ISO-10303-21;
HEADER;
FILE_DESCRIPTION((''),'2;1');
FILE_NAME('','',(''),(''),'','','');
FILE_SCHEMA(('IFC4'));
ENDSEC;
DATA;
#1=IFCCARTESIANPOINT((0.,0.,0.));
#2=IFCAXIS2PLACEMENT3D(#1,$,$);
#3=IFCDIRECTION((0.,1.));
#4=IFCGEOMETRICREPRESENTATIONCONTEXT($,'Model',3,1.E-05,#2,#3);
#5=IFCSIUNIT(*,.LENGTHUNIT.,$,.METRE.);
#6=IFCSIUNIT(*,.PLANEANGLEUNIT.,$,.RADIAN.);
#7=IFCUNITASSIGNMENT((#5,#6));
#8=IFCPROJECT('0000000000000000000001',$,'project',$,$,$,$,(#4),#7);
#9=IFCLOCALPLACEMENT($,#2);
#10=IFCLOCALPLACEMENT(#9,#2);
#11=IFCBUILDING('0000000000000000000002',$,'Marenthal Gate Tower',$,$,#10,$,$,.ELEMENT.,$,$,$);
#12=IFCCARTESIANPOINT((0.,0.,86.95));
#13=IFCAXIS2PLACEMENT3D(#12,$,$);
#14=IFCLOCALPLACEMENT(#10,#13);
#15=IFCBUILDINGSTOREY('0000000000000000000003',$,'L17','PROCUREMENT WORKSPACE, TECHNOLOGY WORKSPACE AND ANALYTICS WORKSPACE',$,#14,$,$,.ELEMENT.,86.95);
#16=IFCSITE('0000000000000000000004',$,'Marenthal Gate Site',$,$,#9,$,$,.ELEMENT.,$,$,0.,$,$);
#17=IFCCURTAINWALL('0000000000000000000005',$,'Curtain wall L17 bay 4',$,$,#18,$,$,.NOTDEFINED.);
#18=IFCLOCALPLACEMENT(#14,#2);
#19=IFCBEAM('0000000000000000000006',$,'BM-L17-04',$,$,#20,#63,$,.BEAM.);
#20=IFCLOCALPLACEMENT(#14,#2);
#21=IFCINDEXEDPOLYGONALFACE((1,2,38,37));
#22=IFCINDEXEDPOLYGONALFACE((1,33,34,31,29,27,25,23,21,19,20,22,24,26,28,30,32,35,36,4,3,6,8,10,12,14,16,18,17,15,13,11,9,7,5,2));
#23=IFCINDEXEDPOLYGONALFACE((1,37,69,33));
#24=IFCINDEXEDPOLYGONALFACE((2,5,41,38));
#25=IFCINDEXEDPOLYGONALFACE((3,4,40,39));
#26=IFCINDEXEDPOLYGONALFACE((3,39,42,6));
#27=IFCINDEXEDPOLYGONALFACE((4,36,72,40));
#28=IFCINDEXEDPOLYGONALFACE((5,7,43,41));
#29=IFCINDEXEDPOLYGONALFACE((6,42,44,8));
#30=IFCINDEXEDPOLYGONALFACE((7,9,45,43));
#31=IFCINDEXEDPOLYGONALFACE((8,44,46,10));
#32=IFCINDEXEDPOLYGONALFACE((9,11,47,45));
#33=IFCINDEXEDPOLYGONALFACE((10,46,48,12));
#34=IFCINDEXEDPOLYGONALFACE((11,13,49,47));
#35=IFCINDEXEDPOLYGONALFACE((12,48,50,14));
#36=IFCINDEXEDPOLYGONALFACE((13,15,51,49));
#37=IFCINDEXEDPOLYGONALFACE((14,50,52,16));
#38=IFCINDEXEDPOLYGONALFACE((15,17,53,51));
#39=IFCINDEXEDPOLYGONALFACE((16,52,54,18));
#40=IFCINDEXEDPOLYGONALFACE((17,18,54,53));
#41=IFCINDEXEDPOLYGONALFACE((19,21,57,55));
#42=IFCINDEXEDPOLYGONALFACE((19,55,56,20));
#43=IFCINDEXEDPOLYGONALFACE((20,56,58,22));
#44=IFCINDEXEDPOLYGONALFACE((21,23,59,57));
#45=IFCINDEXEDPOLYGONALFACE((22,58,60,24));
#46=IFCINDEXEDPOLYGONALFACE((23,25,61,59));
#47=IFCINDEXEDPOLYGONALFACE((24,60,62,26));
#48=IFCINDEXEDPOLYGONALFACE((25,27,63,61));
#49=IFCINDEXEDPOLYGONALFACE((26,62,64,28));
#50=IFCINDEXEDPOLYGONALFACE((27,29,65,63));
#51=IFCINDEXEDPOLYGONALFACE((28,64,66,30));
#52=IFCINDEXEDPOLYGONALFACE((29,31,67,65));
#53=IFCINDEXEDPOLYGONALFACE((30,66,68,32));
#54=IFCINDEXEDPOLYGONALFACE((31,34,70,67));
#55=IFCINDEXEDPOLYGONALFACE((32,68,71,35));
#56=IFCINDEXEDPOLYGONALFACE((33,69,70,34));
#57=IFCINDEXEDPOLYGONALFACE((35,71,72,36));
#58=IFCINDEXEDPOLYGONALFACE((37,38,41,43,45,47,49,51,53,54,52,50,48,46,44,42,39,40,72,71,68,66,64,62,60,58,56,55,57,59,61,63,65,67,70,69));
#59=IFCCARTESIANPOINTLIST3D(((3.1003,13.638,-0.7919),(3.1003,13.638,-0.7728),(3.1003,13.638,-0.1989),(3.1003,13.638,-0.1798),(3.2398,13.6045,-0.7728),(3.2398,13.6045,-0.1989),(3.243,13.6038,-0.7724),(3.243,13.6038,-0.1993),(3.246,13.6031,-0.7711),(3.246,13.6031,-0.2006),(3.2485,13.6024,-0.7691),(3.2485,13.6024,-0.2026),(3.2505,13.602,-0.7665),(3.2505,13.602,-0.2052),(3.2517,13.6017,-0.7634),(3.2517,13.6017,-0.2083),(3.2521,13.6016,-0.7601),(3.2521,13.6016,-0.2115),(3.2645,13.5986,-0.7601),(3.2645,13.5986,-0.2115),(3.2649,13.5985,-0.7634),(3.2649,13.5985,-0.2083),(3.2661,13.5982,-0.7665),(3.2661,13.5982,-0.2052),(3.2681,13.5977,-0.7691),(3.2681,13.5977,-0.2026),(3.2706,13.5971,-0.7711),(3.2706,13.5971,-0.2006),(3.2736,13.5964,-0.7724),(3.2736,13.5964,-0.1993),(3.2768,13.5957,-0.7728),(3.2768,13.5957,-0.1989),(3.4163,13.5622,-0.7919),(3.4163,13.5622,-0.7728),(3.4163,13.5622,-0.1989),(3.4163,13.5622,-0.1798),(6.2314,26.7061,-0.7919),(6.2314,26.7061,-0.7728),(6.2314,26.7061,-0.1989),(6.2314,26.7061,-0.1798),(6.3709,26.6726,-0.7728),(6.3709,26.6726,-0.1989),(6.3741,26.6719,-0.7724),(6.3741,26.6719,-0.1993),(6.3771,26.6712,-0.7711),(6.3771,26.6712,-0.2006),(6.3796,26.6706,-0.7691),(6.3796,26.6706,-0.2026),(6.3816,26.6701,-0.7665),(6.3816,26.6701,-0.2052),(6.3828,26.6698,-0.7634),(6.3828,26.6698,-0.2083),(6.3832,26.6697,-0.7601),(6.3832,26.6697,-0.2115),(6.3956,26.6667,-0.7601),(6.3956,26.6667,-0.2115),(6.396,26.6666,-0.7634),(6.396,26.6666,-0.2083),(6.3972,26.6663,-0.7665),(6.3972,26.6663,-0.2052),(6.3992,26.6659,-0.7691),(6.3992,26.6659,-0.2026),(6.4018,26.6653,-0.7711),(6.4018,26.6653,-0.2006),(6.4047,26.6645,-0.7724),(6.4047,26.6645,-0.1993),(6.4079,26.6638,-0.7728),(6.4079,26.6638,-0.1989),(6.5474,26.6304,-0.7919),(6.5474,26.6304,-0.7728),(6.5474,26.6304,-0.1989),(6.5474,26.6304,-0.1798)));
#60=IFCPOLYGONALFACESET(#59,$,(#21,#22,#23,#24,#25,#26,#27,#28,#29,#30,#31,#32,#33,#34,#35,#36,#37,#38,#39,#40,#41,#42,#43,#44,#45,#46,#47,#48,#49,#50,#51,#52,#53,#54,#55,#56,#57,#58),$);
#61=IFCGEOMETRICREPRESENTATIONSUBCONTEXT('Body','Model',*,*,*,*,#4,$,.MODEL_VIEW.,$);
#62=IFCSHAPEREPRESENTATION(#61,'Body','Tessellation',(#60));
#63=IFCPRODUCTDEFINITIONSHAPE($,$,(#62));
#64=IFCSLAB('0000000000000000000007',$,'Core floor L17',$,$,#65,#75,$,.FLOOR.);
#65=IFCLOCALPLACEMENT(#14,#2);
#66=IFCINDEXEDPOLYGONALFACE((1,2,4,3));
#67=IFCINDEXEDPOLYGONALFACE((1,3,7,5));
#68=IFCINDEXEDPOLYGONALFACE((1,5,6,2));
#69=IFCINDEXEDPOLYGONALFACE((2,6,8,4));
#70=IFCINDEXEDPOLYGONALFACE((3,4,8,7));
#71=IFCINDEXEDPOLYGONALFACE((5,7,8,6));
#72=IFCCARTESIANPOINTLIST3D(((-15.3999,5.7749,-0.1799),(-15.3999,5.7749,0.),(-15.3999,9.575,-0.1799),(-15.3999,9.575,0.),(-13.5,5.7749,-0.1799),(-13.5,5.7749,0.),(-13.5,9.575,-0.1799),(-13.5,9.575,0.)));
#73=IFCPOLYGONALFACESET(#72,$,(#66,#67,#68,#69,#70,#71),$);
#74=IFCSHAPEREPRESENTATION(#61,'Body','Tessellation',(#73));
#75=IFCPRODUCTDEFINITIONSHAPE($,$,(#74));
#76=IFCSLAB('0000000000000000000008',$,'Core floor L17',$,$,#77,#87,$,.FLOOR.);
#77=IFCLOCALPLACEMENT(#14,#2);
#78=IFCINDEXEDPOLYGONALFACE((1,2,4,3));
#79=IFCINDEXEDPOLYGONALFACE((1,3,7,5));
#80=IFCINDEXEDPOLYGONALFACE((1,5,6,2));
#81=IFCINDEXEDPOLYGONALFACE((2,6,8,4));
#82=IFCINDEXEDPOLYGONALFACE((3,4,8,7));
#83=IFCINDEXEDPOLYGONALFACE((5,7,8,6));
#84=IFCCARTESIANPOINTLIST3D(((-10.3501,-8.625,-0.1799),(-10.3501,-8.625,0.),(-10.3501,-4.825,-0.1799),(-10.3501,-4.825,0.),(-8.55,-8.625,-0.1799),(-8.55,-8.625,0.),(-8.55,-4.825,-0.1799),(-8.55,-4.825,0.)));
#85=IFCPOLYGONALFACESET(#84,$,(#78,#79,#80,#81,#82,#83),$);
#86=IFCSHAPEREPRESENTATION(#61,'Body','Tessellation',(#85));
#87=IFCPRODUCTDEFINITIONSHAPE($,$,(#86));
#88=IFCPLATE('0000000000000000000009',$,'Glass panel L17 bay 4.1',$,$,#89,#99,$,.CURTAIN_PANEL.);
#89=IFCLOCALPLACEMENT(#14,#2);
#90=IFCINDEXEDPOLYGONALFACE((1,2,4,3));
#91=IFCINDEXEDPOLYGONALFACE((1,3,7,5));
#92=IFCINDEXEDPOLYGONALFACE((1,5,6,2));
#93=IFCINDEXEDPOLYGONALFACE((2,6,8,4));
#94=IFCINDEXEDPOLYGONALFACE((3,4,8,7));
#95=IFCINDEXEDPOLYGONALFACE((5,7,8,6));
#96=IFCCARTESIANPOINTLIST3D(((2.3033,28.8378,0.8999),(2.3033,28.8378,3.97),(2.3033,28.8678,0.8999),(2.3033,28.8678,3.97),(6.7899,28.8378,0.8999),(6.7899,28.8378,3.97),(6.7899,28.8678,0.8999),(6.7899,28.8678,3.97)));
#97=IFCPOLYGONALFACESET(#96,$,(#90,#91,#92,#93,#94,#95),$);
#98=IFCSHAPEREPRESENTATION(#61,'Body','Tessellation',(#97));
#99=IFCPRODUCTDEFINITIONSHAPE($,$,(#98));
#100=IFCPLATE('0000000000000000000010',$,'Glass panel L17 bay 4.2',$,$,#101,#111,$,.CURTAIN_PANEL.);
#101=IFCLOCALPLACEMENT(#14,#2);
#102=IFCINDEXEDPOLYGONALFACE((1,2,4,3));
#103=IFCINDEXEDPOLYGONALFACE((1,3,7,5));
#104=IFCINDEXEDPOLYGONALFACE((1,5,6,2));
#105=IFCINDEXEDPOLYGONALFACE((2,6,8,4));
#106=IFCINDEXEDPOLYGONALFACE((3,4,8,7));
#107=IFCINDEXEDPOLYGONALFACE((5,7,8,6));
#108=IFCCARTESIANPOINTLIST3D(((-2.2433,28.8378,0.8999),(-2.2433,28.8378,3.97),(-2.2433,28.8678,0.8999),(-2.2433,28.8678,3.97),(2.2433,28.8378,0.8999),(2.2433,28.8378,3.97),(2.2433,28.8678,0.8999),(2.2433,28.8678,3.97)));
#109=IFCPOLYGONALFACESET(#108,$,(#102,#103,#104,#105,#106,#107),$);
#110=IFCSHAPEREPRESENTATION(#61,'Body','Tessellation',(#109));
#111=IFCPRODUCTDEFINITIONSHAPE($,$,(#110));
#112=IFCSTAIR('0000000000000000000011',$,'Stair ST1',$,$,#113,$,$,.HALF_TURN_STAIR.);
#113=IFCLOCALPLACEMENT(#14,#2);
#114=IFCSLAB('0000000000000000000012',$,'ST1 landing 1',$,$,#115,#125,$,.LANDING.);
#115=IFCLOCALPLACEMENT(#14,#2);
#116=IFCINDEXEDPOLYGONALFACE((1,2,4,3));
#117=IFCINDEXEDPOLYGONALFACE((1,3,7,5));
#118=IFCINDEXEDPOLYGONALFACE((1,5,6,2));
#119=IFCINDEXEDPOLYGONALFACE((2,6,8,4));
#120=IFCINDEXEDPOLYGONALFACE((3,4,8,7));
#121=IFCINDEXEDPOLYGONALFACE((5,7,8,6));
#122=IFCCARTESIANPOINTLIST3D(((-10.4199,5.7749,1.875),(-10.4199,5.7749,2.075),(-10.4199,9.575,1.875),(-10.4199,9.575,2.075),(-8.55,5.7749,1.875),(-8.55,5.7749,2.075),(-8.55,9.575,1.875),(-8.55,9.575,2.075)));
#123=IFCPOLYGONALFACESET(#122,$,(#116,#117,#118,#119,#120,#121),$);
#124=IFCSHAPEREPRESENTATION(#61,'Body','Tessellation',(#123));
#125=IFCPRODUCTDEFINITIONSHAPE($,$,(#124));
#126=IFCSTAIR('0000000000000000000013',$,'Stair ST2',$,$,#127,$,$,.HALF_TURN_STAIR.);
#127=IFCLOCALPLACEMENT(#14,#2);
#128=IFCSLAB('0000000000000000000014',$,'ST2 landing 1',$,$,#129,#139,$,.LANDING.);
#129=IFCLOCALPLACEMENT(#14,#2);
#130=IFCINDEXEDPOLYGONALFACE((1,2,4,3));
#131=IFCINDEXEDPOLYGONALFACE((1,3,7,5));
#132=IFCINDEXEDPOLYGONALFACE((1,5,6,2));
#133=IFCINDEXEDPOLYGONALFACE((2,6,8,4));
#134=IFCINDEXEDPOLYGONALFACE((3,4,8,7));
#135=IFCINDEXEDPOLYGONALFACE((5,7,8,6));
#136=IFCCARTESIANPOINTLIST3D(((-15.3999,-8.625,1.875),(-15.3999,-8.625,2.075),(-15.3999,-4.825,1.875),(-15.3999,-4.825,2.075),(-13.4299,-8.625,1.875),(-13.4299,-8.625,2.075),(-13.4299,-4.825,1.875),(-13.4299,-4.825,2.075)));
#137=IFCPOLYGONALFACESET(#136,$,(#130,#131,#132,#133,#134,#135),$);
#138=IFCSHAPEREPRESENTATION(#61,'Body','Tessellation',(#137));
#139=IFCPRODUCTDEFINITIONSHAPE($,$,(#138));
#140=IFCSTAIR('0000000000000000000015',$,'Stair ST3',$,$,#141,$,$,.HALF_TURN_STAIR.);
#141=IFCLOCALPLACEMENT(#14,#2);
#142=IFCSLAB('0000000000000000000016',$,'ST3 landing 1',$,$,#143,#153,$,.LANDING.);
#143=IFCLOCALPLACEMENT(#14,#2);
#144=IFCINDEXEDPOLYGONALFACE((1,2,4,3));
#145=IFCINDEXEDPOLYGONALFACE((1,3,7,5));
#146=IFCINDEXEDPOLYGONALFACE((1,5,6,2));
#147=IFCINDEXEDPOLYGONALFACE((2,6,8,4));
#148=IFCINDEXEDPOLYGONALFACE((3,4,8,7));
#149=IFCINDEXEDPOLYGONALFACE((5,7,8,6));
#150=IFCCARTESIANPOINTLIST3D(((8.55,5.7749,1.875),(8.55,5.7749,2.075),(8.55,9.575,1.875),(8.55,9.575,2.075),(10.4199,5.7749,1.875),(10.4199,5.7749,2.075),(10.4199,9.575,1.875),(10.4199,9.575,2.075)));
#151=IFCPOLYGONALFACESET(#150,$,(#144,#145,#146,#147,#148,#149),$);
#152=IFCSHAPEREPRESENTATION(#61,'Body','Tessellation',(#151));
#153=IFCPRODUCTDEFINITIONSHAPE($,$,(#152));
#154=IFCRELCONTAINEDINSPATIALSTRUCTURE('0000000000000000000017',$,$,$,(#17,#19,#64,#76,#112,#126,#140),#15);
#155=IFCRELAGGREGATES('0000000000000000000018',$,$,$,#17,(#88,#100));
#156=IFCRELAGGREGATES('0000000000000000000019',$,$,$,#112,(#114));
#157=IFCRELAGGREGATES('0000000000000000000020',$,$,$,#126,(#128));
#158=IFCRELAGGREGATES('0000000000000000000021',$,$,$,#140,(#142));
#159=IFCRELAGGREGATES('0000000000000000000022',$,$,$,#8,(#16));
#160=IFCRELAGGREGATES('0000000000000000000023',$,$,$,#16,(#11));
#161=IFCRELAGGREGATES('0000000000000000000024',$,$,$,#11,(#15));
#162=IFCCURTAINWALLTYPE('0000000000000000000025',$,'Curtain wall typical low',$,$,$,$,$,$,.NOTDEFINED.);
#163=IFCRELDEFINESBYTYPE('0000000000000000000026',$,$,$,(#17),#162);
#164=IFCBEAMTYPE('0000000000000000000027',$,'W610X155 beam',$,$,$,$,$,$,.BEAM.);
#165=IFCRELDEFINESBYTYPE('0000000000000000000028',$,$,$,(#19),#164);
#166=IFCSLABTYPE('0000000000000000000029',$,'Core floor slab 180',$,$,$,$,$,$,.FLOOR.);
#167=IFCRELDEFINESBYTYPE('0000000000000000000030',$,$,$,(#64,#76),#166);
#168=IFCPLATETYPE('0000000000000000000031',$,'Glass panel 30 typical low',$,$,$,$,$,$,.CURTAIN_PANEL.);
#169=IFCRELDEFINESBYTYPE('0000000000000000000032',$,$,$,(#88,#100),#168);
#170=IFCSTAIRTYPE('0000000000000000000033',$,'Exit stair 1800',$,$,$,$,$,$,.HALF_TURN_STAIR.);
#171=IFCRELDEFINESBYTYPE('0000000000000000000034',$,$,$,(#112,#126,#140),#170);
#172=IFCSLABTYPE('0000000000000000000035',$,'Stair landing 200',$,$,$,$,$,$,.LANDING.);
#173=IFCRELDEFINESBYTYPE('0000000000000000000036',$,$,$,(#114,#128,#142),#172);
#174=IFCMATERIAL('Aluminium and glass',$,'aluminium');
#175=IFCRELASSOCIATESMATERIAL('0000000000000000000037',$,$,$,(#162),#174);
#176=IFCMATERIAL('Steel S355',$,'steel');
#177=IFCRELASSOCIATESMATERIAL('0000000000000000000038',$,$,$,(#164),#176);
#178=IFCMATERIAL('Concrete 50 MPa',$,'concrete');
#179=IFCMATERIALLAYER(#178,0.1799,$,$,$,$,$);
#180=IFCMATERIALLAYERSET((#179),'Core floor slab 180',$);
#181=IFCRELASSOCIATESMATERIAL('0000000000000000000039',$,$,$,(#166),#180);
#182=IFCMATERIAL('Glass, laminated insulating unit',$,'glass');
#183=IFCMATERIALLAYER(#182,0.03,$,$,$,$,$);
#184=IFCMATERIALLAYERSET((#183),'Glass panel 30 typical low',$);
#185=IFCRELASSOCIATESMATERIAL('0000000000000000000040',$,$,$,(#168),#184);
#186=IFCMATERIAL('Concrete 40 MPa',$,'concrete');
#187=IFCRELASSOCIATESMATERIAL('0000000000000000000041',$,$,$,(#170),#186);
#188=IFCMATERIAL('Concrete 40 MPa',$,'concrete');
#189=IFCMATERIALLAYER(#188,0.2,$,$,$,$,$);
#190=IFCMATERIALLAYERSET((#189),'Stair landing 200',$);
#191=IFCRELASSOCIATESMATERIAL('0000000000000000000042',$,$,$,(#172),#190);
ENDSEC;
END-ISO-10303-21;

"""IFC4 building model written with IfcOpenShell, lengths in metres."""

from ifc_helpers import new_model, si_unit, direction, frame, origin, origin_2d, place, context, subcontext, project, spatial, polyline, rectangle, i_section, outline, extrude, material, layer, layer_set, material_profile, profile_set, type_object, element, aggregate, save


model = new_model("IFC4")

# Units and contexts
model_context = context("Model", 3, precision=1e-05, world=origin(), true_north=direction((0.0, 1.0)))
body_context = subcontext(model_context, "Body", "Model", "MODEL_VIEW")
ifc_project = project(units=[si_unit("LENGTHUNIT", "METRE"), si_unit("PLANEANGLEUNIT", "RADIAN")], contexts=[model_context])

# Site, building, storey
site_placement = place(None, origin())
site = spatial("IfcSite", under=ifc_project, at=site_placement, Name="Marenthal Gate Site", CompositionType="ELEMENT", RefElevation=0.0)
building_placement = place(site_placement, origin())
building = spatial("IfcBuilding", under=site, at=building_placement, Name="Marenthal Gate Tower", CompositionType="ELEMENT")
storey_placement = place(building_placement, frame((0.0, 0.0, 86.95)))
storey = spatial("IfcBuildingStorey", under=building, at=storey_placement, Name="L17", Description="PROCUREMENT WORKSPACE, TECHNOLOGY WORKSPACE AND ANALYTICS WORKSPACE", CompositionType="ELEMENT", Elevation=86.95)

# Curtain wall
ifc_material_1 = material(Name="Aluminium and glass", Category="aluminium")
curtain_wall_type = type_object("IfcCurtainWallType", Name="Curtain wall typical low", PredefinedType="NOTDEFINED", material=ifc_material_1)
curtain_wall_placement = place(storey_placement, origin())
curtain_wall = element("IfcCurtainWall", 1, at=curtain_wall_placement, inside=storey, type_object=curtain_wall_type, Name="Curtain wall L17 bay 4", PredefinedType="NOTDEFINED")

# Beam
ifc_material_2 = material(Name="Steel S355", Category="steel")
ifc_material_profile_1 = material_profile(ifc_material_2, i_section(OverallWidth=0.325, OverallDepth=0.6121, WebThickness=0.0127, FlangeThickness=0.019, FilletRadius=0.0127, at=origin_2d()), Name="W610X155")
ifc_profile_set_1 = profile_set([ifc_material_profile_1], Name="Steel S355")
beam_type_1 = type_object("IfcBeamType", Name="W610X155 beam", PredefinedType="BEAM", material=ifc_profile_set_1)
beam_1_placement = place(storey_placement, frame((6.3894, 26.6682, -0.4858), z_axis=(-0.233004, -0.972476, 0.0), x_axis=(0.972476, -0.233004, 0.0)))
element("IfcBeam", 2, at=beam_1_placement, inside=storey, type_object=beam_type_1, Name="BM-L17-04", PredefinedType="BEAM", context=body_context, shape_type="SweptSolid", body=[
    extrude(i_section(OverallWidth=0.325, OverallDepth=0.6121, WebThickness=0.0127, FlangeThickness=0.019, FilletRadius=0.0127, at=origin_2d()), origin(), (0.0, 0.0, 1.0), 13.438),
])

# Slabs
ifc_material_3 = material(Name="Concrete 50 MPa", Category="concrete")
ifc_layer_1 = layer(ifc_material_3, 0.1799)
ifc_layer_set_1 = layer_set([ifc_layer_1], Name="Core floor slab 180")
slab_type_1 = type_object("IfcSlabType", Name="Core floor slab 180", PredefinedType="FLOOR", material=ifc_layer_set_1)
slab_1_placement = place(storey_placement, frame((0.0, 0.0, -0.1799)))
element("IfcSlab", 3, at=slab_1_placement, inside=storey, type_object=slab_type_1, Name="Core floor L17", PredefinedType="FLOOR", context=body_context, shape_type="SweptSolid", body=[
    extrude(outline(polyline([(-15.3999, 9.575), (-13.5, 9.575), (-13.5, 5.7749), (-15.3999, 5.7749), (-15.3999, 9.575)])), origin(), (0.0, 0.0, 1.0), 0.1799),
])
slab_2_placement = place(storey_placement, frame((0.0, 0.0, -0.1799)))
element("IfcSlab", 4, at=slab_2_placement, inside=storey, type_object=slab_type_1, Name="Core floor L17", PredefinedType="FLOOR", context=body_context, shape_type="SweptSolid", body=[
    extrude(outline(polyline([(-8.55, -8.625), (-10.3501, -8.625), (-10.3501, -4.825), (-8.55, -4.825), (-8.55, -8.625)])), origin(), (0.0, 0.0, 1.0), 0.1799),
])

# Plates
ifc_material_4 = material(Name="Glass, laminated insulating unit", Category="glass")
ifc_layer_2 = layer(ifc_material_4, 0.03)
ifc_layer_set_2 = layer_set([ifc_layer_2], Name="Glass panel 30 typical low")
plate_type = type_object("IfcPlateType", Name="Glass panel 30 typical low", PredefinedType="CURTAIN_PANEL", material=ifc_layer_set_2)
plate_1_placement = place(storey_placement, frame((4.5466, 28.8528, 0.8999), z_axis=(0.0, 0.0, 1.0), x_axis=(-1.0, 0.0, 0.0)))
plate_1 = element("IfcPlate", 5, at=plate_1_placement, type_object=plate_type, Name="Glass panel L17 bay 4.1", PredefinedType="CURTAIN_PANEL", context=body_context, shape_type="SweptSolid", body=[
    extrude(rectangle(XDim=4.4866, YDim=0.03, at=origin_2d()), origin(), (0.0, 0.0, 1.0), 3.0701),
])
plate_2_placement = place(storey_placement, frame((0.0, 28.8528, 0.8999), z_axis=(0.0, 0.0, 1.0), x_axis=(-1.0, 0.0, 0.0)))
plate_2 = element("IfcPlate", 6, at=plate_2_placement, type_object=plate_type, Name="Glass panel L17 bay 4.2", PredefinedType="CURTAIN_PANEL", context=body_context, shape_type="SweptSolid", body=[
    extrude(rectangle(XDim=4.4866, YDim=0.03, at=origin_2d()), origin(), (0.0, 0.0, 1.0), 3.0701),
])
aggregate(curtain_wall, [plate_1, plate_2])

# Stairs, slabs
ifc_material_5 = material(Name="Concrete 40 MPa", Category="concrete")
stair_type = type_object("IfcStairType", Name="Exit stair 1800", PredefinedType="HALF_TURN_STAIR", material=ifc_material_5)
stair_1_placement = place(storey_placement, origin())
stair_1 = element("IfcStair", 7, at=stair_1_placement, inside=storey, type_object=stair_type, Name="Stair ST1", PredefinedType="HALF_TURN_STAIR")
ifc_material_6 = material(Name="Concrete 40 MPa", Category="concrete")
ifc_layer_3 = layer(ifc_material_6, 0.2)
ifc_layer_set_3 = layer_set([ifc_layer_3], Name="Stair landing 200")
slab_type_2 = type_object("IfcSlabType", Name="Stair landing 200", PredefinedType="LANDING", material=ifc_layer_set_3)
slab_3_placement = place(storey_placement, frame((0.0, 0.0, 1.875)))
slab_3 = element("IfcSlab", 8, at=slab_3_placement, type_object=slab_type_2, Name="ST1 landing 1", PredefinedType="LANDING", context=body_context, shape_type="SweptSolid", body=[
    extrude(outline(polyline([(-10.4199, 5.7749), (-8.55, 5.7749), (-8.55, 9.575), (-10.4199, 9.575), (-10.4199, 5.7749)])), origin(), (0.0, 0.0, 1.0), 0.2),
])
aggregate(stair_1, [slab_3])
stair_2_placement = place(storey_placement, origin())
stair_2 = element("IfcStair", 9, at=stair_2_placement, inside=storey, type_object=stair_type, Name="Stair ST2", PredefinedType="HALF_TURN_STAIR")
slab_4_placement = place(storey_placement, frame((0.0, 0.0, 1.875)))
slab_4 = element("IfcSlab", 10, at=slab_4_placement, type_object=slab_type_2, Name="ST2 landing 1", PredefinedType="LANDING", context=body_context, shape_type="SweptSolid", body=[
    extrude(outline(polyline([(-15.3999, -8.625), (-13.4299, -8.625), (-13.4299, -4.825), (-15.3999, -4.825), (-15.3999, -8.625)])), origin(), (0.0, 0.0, 1.0), 0.2),
])
aggregate(stair_2, [slab_4])
stair_3_placement = place(storey_placement, origin())
stair_3 = element("IfcStair", 11, at=stair_3_placement, inside=storey, type_object=stair_type, Name="Stair ST3", PredefinedType="HALF_TURN_STAIR")
slab_5_placement = place(storey_placement, frame((0.0, 0.0, 1.875)))
slab_5 = element("IfcSlab", 12, at=slab_5_placement, type_object=slab_type_2, Name="ST3 landing 1", PredefinedType="LANDING", context=body_context, shape_type="SweptSolid", body=[
    extrude(outline(polyline([(8.55, 5.7749), (10.4199, 5.7749), (10.4199, 9.575), (8.55, 9.575), (8.55, 5.7749)])), origin(), (0.0, 0.0, 1.0), 0.2),
])

aggregate(stair_3, [slab_5])

save(model, "model.ifc")
